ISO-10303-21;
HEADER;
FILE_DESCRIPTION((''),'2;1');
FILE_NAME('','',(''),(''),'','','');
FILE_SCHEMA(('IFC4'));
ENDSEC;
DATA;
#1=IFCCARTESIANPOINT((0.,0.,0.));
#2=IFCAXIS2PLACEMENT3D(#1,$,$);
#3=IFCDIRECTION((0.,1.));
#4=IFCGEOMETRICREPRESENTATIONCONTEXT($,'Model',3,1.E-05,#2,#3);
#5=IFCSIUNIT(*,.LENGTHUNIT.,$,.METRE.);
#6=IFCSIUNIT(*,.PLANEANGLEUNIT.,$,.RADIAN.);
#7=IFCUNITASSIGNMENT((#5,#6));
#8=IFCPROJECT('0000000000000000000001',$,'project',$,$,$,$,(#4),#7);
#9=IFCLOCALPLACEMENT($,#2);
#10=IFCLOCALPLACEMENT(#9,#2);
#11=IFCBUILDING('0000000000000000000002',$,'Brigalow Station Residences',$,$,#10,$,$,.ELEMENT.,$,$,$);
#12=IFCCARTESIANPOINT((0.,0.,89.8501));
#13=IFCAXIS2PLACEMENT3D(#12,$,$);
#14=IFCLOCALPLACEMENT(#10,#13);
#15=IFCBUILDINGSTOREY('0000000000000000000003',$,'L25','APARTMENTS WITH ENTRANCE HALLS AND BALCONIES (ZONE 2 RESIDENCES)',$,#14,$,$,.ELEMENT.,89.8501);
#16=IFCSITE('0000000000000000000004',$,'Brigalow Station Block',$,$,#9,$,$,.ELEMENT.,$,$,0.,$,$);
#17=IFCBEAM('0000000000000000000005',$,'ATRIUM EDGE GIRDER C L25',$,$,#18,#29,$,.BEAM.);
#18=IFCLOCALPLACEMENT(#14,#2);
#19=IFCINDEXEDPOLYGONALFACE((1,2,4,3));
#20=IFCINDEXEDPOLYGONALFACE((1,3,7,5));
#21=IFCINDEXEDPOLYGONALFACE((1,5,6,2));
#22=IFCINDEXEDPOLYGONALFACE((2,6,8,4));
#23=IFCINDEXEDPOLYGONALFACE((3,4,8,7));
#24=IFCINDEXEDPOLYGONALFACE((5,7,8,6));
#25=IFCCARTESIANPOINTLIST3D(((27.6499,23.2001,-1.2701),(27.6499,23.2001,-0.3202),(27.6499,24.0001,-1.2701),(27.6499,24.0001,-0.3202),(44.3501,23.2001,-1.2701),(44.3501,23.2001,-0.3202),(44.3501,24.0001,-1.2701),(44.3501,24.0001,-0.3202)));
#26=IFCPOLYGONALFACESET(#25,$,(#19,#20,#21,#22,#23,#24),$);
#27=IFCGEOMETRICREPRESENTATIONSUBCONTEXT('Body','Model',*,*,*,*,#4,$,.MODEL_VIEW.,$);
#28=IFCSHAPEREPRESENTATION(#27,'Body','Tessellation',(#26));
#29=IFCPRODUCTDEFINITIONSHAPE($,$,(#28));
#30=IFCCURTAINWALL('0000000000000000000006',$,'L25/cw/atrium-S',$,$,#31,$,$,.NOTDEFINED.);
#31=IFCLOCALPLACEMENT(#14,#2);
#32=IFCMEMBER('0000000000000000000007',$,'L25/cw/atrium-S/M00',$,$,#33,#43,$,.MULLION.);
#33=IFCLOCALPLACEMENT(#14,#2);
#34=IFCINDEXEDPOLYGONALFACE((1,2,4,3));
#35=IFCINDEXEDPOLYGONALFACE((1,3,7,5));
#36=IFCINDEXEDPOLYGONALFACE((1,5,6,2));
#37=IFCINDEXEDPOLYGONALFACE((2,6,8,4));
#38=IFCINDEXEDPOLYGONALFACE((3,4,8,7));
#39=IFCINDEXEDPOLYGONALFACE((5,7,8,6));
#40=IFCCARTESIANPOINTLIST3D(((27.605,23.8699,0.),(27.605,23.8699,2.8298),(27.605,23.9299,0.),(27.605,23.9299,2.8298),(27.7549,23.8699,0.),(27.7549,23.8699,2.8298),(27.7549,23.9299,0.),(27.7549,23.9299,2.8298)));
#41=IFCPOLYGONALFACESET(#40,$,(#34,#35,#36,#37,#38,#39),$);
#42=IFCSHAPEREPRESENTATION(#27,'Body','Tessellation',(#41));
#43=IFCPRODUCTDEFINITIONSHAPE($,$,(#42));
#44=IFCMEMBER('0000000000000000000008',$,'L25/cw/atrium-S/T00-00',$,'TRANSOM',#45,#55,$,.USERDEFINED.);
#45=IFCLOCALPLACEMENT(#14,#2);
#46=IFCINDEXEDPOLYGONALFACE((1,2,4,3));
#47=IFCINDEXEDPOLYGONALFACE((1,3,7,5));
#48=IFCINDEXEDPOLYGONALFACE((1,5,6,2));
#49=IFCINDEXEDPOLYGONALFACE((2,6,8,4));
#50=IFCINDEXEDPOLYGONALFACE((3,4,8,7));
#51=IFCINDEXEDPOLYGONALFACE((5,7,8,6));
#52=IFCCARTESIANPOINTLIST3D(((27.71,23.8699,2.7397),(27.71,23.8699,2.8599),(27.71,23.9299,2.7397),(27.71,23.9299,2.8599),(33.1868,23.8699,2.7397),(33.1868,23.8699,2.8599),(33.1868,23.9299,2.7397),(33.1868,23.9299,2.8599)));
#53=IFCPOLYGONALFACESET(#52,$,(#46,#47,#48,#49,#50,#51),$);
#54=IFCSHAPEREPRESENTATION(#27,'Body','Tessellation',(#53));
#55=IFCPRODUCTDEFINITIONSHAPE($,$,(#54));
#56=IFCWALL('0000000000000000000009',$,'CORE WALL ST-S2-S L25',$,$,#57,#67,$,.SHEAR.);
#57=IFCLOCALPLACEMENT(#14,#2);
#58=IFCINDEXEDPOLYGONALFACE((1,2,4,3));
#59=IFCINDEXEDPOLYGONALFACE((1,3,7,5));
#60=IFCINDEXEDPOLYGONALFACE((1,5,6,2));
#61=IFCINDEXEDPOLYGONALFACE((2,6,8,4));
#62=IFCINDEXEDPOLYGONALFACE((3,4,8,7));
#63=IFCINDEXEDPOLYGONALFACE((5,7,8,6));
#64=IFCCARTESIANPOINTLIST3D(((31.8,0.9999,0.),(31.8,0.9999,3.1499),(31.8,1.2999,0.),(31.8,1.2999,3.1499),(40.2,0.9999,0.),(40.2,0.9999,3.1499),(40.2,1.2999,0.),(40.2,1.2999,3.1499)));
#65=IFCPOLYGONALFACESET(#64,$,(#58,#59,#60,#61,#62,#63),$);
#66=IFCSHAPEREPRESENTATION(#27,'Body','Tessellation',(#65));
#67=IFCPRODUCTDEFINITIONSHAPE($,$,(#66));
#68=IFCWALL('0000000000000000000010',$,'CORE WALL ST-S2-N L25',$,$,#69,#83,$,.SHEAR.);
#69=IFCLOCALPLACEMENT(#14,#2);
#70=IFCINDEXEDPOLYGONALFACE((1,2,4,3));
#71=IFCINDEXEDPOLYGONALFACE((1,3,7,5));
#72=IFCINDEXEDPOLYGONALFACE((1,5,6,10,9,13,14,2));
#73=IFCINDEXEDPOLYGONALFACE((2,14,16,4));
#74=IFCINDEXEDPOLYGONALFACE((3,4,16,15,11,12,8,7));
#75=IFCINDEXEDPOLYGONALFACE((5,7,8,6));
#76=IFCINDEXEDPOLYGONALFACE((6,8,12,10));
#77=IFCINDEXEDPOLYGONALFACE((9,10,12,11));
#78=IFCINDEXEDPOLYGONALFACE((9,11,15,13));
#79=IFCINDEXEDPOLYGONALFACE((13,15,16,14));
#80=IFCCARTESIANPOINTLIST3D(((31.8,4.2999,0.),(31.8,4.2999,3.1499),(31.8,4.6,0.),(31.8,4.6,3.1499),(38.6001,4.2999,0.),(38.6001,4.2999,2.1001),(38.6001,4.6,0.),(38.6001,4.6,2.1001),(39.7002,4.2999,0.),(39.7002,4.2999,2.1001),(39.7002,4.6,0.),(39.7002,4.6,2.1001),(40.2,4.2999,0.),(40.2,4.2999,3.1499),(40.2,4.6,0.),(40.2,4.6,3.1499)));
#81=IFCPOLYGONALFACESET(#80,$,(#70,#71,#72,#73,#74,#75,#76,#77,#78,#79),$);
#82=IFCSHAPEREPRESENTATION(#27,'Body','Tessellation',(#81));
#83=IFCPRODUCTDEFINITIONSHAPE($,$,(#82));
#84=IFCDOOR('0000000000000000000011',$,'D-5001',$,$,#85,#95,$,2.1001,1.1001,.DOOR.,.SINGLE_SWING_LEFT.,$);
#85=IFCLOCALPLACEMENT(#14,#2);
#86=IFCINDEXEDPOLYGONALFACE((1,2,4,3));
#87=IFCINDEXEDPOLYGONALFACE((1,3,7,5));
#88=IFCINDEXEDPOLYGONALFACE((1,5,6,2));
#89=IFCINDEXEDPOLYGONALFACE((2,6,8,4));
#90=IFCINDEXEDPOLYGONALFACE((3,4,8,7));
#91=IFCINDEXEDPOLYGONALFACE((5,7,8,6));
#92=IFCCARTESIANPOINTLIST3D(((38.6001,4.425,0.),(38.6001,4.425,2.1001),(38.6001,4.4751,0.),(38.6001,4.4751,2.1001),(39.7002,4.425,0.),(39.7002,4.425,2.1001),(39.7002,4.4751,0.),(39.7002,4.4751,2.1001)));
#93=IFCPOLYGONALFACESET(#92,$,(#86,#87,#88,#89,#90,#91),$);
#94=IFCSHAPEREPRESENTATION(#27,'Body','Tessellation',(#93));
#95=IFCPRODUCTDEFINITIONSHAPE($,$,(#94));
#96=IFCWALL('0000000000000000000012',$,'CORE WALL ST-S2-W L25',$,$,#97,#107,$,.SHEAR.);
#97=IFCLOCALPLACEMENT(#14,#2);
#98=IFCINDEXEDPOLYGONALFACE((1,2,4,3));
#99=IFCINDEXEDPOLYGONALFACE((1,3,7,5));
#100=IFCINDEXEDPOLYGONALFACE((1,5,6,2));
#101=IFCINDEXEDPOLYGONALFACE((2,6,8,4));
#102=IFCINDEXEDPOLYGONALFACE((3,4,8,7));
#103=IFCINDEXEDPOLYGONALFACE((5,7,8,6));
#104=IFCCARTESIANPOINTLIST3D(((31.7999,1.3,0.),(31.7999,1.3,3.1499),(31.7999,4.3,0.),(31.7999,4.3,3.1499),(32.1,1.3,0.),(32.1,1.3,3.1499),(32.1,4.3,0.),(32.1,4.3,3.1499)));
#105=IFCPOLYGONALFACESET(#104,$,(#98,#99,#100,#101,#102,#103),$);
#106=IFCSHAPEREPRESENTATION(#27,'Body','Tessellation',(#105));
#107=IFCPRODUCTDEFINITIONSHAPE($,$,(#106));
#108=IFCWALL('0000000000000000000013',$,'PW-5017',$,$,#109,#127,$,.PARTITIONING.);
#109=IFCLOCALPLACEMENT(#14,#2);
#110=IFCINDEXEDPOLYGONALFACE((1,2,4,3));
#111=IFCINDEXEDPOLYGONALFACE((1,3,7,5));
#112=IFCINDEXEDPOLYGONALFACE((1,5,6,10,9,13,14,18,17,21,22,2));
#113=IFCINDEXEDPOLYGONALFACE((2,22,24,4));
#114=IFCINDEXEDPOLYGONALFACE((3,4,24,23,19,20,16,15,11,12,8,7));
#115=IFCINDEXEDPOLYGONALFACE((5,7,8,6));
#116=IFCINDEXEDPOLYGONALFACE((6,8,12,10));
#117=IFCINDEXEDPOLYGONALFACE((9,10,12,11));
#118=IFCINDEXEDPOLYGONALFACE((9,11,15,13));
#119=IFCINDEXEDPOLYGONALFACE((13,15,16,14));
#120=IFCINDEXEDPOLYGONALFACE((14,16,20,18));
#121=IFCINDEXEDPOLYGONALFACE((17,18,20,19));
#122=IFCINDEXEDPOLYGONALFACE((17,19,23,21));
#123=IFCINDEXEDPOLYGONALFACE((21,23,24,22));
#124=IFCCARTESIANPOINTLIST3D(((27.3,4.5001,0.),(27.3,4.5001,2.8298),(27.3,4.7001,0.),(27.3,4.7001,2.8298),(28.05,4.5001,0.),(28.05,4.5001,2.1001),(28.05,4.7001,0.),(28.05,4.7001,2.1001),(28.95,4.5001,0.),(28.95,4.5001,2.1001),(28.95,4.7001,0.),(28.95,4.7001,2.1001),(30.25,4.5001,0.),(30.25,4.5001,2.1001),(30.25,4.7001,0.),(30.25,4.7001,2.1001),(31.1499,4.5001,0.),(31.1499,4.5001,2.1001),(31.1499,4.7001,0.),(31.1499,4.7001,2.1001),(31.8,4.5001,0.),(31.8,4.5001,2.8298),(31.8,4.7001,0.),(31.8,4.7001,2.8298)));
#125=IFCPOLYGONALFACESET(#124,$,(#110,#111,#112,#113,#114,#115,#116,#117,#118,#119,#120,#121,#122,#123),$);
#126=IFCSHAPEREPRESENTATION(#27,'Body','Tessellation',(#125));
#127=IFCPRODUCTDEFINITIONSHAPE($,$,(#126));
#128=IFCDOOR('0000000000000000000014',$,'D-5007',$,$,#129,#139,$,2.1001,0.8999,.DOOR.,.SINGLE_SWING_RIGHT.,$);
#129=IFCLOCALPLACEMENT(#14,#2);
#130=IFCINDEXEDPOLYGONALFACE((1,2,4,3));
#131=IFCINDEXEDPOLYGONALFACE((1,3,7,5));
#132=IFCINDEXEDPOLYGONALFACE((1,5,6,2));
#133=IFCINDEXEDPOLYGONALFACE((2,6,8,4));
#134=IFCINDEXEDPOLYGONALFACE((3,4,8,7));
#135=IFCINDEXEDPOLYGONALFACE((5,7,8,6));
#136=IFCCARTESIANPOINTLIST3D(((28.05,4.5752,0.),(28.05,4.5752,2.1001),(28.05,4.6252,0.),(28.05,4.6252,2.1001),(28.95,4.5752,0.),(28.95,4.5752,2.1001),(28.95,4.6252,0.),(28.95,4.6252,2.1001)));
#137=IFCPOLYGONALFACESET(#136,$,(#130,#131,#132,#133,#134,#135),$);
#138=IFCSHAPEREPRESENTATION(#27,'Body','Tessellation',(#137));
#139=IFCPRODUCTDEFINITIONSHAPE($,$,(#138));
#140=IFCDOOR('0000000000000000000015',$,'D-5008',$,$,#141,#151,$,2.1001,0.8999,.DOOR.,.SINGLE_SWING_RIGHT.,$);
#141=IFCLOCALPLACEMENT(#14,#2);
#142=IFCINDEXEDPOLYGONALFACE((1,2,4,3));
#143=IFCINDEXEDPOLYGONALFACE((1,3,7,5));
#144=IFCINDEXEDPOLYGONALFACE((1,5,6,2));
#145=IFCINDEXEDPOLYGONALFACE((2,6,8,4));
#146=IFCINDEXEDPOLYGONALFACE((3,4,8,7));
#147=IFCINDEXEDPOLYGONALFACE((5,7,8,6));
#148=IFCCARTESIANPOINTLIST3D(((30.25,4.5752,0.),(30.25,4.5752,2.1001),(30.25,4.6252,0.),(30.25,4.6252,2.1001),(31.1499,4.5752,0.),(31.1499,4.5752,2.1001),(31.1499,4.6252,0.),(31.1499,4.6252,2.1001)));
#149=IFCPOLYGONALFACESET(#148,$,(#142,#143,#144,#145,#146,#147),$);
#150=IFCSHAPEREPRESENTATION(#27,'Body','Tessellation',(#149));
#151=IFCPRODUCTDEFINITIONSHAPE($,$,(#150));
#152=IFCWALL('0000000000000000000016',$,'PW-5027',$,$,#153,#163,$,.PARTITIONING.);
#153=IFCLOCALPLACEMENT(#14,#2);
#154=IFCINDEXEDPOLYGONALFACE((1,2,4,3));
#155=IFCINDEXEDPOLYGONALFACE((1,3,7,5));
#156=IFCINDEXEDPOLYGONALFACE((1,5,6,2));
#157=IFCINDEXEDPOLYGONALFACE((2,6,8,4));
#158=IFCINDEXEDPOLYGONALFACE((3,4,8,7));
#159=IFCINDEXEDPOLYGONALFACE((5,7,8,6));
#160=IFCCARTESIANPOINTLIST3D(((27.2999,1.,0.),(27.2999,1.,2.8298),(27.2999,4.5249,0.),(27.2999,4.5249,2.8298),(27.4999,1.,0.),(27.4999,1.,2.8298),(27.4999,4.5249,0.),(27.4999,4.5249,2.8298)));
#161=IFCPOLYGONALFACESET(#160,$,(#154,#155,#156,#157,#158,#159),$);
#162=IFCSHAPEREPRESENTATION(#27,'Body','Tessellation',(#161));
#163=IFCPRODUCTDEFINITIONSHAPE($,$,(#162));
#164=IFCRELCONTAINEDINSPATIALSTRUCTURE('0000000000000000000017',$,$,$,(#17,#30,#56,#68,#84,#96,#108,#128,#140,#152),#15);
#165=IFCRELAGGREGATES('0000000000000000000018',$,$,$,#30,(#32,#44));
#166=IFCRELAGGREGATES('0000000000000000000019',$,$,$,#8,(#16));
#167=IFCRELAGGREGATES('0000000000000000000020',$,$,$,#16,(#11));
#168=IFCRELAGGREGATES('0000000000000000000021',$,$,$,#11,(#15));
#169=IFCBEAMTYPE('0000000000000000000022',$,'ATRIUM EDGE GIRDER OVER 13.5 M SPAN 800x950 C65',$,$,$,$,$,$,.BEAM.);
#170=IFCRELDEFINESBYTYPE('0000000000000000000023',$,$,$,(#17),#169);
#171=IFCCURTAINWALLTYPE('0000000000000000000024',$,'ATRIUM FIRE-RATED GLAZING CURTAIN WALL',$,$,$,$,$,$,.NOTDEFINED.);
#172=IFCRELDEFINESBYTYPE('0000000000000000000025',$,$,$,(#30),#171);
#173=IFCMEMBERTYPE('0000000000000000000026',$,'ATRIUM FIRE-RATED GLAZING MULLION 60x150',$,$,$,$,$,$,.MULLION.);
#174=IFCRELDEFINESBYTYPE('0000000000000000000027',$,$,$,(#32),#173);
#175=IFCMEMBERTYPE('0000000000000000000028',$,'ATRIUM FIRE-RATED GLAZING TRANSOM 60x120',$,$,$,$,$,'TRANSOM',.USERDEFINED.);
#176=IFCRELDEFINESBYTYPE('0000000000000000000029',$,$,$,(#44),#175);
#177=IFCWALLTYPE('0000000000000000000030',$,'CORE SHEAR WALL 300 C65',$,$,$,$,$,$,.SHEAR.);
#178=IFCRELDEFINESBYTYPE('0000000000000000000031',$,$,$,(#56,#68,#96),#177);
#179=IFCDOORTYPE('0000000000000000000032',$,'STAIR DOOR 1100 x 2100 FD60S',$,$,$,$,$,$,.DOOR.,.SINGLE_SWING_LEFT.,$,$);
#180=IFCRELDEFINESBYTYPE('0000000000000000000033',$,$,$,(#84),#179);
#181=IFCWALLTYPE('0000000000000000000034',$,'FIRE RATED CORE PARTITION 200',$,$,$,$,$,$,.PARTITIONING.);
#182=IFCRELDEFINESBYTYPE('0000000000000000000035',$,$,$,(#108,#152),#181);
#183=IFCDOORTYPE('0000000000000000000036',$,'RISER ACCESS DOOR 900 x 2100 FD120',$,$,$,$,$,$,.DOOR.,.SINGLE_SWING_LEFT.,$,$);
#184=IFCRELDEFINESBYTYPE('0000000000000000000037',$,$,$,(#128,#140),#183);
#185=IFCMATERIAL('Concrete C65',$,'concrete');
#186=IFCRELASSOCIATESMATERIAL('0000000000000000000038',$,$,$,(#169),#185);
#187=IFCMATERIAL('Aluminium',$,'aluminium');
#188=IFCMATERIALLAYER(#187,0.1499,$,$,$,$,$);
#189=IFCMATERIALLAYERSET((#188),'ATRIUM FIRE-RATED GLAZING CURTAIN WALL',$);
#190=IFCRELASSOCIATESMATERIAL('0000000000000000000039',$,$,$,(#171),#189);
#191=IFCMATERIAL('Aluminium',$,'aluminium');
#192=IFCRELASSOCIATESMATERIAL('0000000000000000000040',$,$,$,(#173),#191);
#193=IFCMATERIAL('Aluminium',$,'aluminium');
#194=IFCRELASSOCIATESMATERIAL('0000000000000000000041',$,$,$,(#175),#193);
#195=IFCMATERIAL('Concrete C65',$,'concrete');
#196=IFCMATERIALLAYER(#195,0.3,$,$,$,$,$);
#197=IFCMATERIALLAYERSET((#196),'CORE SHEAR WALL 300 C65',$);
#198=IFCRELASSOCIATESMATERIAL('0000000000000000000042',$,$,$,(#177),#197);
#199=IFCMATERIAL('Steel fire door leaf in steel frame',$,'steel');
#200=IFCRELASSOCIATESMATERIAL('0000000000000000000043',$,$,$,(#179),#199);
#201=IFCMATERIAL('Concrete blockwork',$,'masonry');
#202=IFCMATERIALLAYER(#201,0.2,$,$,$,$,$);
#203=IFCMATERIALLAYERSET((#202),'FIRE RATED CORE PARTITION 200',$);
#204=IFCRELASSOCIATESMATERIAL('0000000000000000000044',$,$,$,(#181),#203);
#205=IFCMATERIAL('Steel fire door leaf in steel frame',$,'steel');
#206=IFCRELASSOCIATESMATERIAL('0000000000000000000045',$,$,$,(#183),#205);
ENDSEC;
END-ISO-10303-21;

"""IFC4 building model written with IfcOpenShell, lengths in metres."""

from ifc_helpers import new_model, si_unit, direction, frame, frame_2d, origin, origin_2d, place, context, subcontext, project, spatial, rectangle, extrude, material, layer, layer_set, material_profile, profile_set, type_object, element, fill, aggregate, save


model = new_model("IFC4")

# Units and contexts
model_context = context("Model", 3, precision=1e-05, world=origin(), true_north=direction((0.0, 1.0)))
body_context = subcontext(model_context, "Body", "Model", "MODEL_VIEW")
ifc_project = project(units=[si_unit("LENGTHUNIT", "METRE"), si_unit("PLANEANGLEUNIT", "RADIAN")], contexts=[model_context])

# Site, building, storey
site_placement = place(None, origin())
site = spatial("IfcSite", under=ifc_project, at=site_placement, Name="Brigalow Station Block", CompositionType="ELEMENT", RefElevation=0.0)
building_placement = place(site_placement, origin())
building = spatial("IfcBuilding", under=site, at=building_placement, Name="Brigalow Station Residences", CompositionType="ELEMENT")
storey_placement = place(building_placement, frame((0.0, 0.0, 89.8501)))
storey = spatial("IfcBuildingStorey", under=building, at=storey_placement, Name="L25", Description="APARTMENTS WITH ENTRANCE HALLS AND BALCONIES (ZONE 2 RESIDENCES)", CompositionType="ELEMENT", Elevation=89.8501)

# Beam
ifc_material_1 = material(Name="Concrete C65", Category="concrete")
ifc_material_profile_1 = material_profile(ifc_material_1, rectangle(XDim=0.8, YDim=0.95, at=origin_2d()), Name="RC800x950")
ifc_profile_set_1 = profile_set([ifc_material_profile_1], Name="Concrete C65")
beam_type = type_object("IfcBeamType", Name="ATRIUM EDGE GIRDER OVER 13.5 M SPAN 800x950 C65", PredefinedType="BEAM", material=ifc_profile_set_1)
beam_placement = place(storey_placement, frame((27.6499, 23.6001, -0.7952), z_axis=(1.0, 0.0, 0.0), x_axis=(0.0, 1.0, 0.0)))
element("IfcBeam", 1, at=beam_placement, inside=storey, type_object=beam_type, Name="ATRIUM EDGE GIRDER C L25", PredefinedType="BEAM", context=body_context, shape_type="SweptSolid", body=[
    extrude(rectangle(XDim=0.8, YDim=0.95, at=origin_2d()), origin(), (0.0, 0.0, 1.0), 16.7002),
])

# Curtain wall, members
ifc_material_2 = material(Name="Aluminium", Category="aluminium")
ifc_layer_1 = layer(ifc_material_2, 0.1499)
ifc_layer_set_1 = layer_set([ifc_layer_1], Name="ATRIUM FIRE-RATED GLAZING CURTAIN WALL")
curtain_wall_type = type_object("IfcCurtainWallType", Name="ATRIUM FIRE-RATED GLAZING CURTAIN WALL", PredefinedType="NOTDEFINED", material=ifc_layer_set_1)
curtain_wall_placement = place(storey_placement, origin())
curtain_wall = element("IfcCurtainWall", 2, at=curtain_wall_placement, inside=storey, type_object=curtain_wall_type, Name="L25/cw/atrium-S", PredefinedType="NOTDEFINED")
ifc_material_3 = material(Name="Aluminium", Category="aluminium")
ifc_material_profile_2 = material_profile(ifc_material_3, rectangle(XDim=0.0601, YDim=0.1499, at=origin_2d()), Name="ATRIUM FIRE-RATED GLAZING MULLION 60x150")
ifc_profile_set_2 = profile_set([ifc_material_profile_2], Name="Aluminium")
member_type_1 = type_object("IfcMemberType", Name="ATRIUM FIRE-RATED GLAZING MULLION 60x150", PredefinedType="MULLION", material=ifc_profile_set_2)
member_1_placement = place(storey_placement, frame((27.6799, 23.8999, 0.0), z_axis=(0.0, 0.0, 1.0), x_axis=(0.0, 1.0, 0.0)))
member_1 = element("IfcMember", 3, at=member_1_placement, type_object=member_type_1, Name="L25/cw/atrium-S/M00", PredefinedType="MULLION", context=body_context, shape_type="SweptSolid", body=[
    extrude(rectangle(XDim=0.0601, YDim=0.1499, at=origin_2d()), origin(), (0.0, 0.0, 1.0), 2.8298),
])
ifc_material_4 = material(Name="Aluminium", Category="aluminium")
ifc_material_profile_3 = material_profile(ifc_material_4, rectangle(XDim=0.0601, YDim=0.1201, at=origin_2d()), Name="ATRIUM FIRE-RATED GLAZING TRANSOM 60x120")
ifc_profile_set_3 = profile_set([ifc_material_profile_3], Name="Aluminium")
member_type_2 = type_object("IfcMemberType", Name="ATRIUM FIRE-RATED GLAZING TRANSOM 60x120", ElementType="TRANSOM", PredefinedType="USERDEFINED", material=ifc_profile_set_3)
member_2_placement = place(storey_placement, frame((27.71, 23.8999, 2.7998), z_axis=(1.0, 0.0, 0.0), x_axis=(0.0, 1.0, 0.0)))
member_2 = element("IfcMember", 4, at=member_2_placement, type_object=member_type_2, Name="L25/cw/atrium-S/T00-00", ObjectType="TRANSOM", PredefinedType="USERDEFINED", context=body_context, shape_type="SweptSolid", body=[
    extrude(rectangle(XDim=0.0601, YDim=0.1201, at=origin_2d()), origin(), (0.0, 0.0, 1.0), 5.4768),
])
aggregate(curtain_wall, [member_1, member_2])

# Wall
ifc_material_5 = material(Name="Concrete C65", Category="concrete")
ifc_layer_2 = layer(ifc_material_5, 0.3)
ifc_layer_set_2 = layer_set([ifc_layer_2], Name="CORE SHEAR WALL 300 C65")
wall_type_1 = type_object("IfcWallType", Name="CORE SHEAR WALL 300 C65", PredefinedType="SHEAR", material=ifc_layer_set_2)
wall_1_placement = place(storey_placement, frame((31.8, 1.1499, 0.0), z_axis=(0.0, 0.0, 1.0), x_axis=(1.0, 0.0, 0.0)))
element("IfcWall", 5, at=wall_1_placement, inside=storey, type_object=wall_type_1, Name="CORE WALL ST-S2-S L25", PredefinedType="SHEAR", context=body_context, shape_type="SweptSolid", body=[
    extrude(rectangle(XDim=8.3999, YDim=0.3, at=frame_2d((4.2, 0.0))), origin(), (0.0, 0.0, 1.0), 3.1499),
])

# Wall, opening, door
wall_2_placement = place(storey_placement, frame((31.8, 4.45, 0.0), z_axis=(0.0, 0.0, 1.0), x_axis=(1.0, 0.0, 0.0)))
wall_2 = element("IfcWall", 6, at=wall_2_placement, inside=storey, type_object=wall_type_1, Name="CORE WALL ST-S2-N L25", PredefinedType="SHEAR", context=body_context, shape_type="SweptSolid", body=[
    extrude(rectangle(XDim=8.3999, YDim=0.3, at=frame_2d((4.2, 0.0))), origin(), (0.0, 0.0, 1.0), 3.1499),
])
opening_1_placement = place(wall_2_placement, frame((6.8, 0.0, 0.0)))
opening_1 = element("IfcOpeningElement", 7, at=opening_1_placement, cuts=wall_2, PredefinedType="OPENING", context=body_context, shape_type="SweptSolid", body=[
    extrude(rectangle(XDim=1.1001, YDim=2.1001, at=frame_2d((0.55, 1.05))), frame((0.0, 0.1602, 0.0), z_axis=(0.0, -1.0, 0.0), x_axis=(1.0, 0.0, 0.0)), (0.0, 0.0, 1.0), 0.3201),
])
ifc_material_6 = material(Name="Steel fire door leaf in steel frame", Category="steel")
door_type_1 = type_object("IfcDoorType", Name="STAIR DOOR 1100 x 2100 FD60S", OperationType="SINGLE_SWING_LEFT", PredefinedType="DOOR", material=ifc_material_6)
door_1_placement = place(opening_1_placement, frame((1.1001, 0.0, 0.0), z_axis=(0.0, 0.0, 1.0), x_axis=(-1.0, 0.0, 0.0)))
door_1 = element("IfcDoor", 8, at=door_1_placement, inside=storey, type_object=door_type_1, Name="D-5001", OperationType="SINGLE_SWING_LEFT", OverallHeight=2.1001, OverallWidth=1.1001, PredefinedType="DOOR", context=body_context, shape_type="SweptSolid", body=[
    extrude(rectangle(XDim=1.1001, YDim=2.1001, at=frame_2d((0.55, 1.05))), frame((0.0, 0.0249, 0.0), z_axis=(0.0, -1.0, 0.0), x_axis=(1.0, 0.0, 0.0)), (0.0, 0.0, 1.0), 0.05),
])
fill(opening_1, door_1)

# Wall
wall_3_placement = place(storey_placement, frame((31.95, 1.3, 0.0), z_axis=(0.0, 0.0, 1.0), x_axis=(0.0, 1.0, 0.0)))
element("IfcWall", 9, at=wall_3_placement, inside=storey, type_object=wall_type_1, Name="CORE WALL ST-S2-W L25", PredefinedType="SHEAR", context=body_context, shape_type="SweptSolid", body=[
    extrude(rectangle(XDim=3.0, YDim=0.3, at=frame_2d((1.5, 0.0))), origin(), (0.0, 0.0, 1.0), 3.1499),
])

# Wall, openings, doors
ifc_material_7 = material(Name="Concrete blockwork", Category="masonry")
ifc_layer_3 = layer(ifc_material_7, 0.2)
ifc_layer_set_3 = layer_set([ifc_layer_3], Name="FIRE RATED CORE PARTITION 200")
wall_type_2 = type_object("IfcWallType", Name="FIRE RATED CORE PARTITION 200", PredefinedType="PARTITIONING", material=ifc_layer_set_3)
wall_4_placement = place(storey_placement, frame((27.3, 4.6001, 0.0), z_axis=(0.0, 0.0, 1.0), x_axis=(1.0, 0.0, 0.0)))
wall_4 = element("IfcWall", 10, at=wall_4_placement, inside=storey, type_object=wall_type_2, Name="PW-5017", PredefinedType="PARTITIONING", context=body_context, shape_type="SweptSolid", body=[
    extrude(rectangle(XDim=4.5, YDim=0.2, at=frame_2d((2.25, 0.0))), origin(), (0.0, 0.0, 1.0), 2.8298),
])
opening_2_placement = place(wall_4_placement, frame((0.75, 0.0, 0.0)))
opening_2 = element("IfcOpeningElement", 11, at=opening_2_placement, cuts=wall_4, PredefinedType="OPENING", context=body_context, shape_type="SweptSolid", body=[
    extrude(rectangle(XDim=0.8999, YDim=2.1001, at=frame_2d((0.45, 1.05))), frame((0.0, 0.1099, 0.0), z_axis=(0.0, -1.0, 0.0), x_axis=(1.0, 0.0, 0.0)), (0.0, 0.0, 1.0), 0.22),
])
opening_3_placement = place(wall_4_placement, frame((2.95, 0.0, 0.0)))
opening_3 = element("IfcOpeningElement", 12, at=opening_3_placement, cuts=wall_4, PredefinedType="OPENING", context=body_context, shape_type="SweptSolid", body=[
    extrude(rectangle(XDim=0.8999, YDim=2.1001, at=frame_2d((0.45, 1.05))), frame((0.0, 0.1099, 0.0), z_axis=(0.0, -1.0, 0.0), x_axis=(1.0, 0.0, 0.0)), (0.0, 0.0, 1.0), 0.22),
])
ifc_material_8 = material(Name="Steel fire door leaf in steel frame", Category="steel")
door_type_2 = type_object("IfcDoorType", Name="RISER ACCESS DOOR 900 x 2100 FD120", OperationType="SINGLE_SWING_LEFT", PredefinedType="DOOR", material=ifc_material_8)
door_2_placement = place(opening_2_placement, frame((0.8999, 0.0, 0.0), z_axis=(0.0, 0.0, 1.0), x_axis=(-1.0, 0.0, 0.0)))
door_2 = element("IfcDoor", 13, at=door_2_placement, inside=storey, type_object=door_type_2, Name="D-5007", OperationType="SINGLE_SWING_RIGHT", OverallHeight=2.1001, OverallWidth=0.8999, PredefinedType="DOOR", context=body_context, shape_type="SweptSolid", body=[
    extrude(rectangle(XDim=0.8999, YDim=2.1001, at=frame_2d((0.45, 1.05))), frame((0.0, 0.0249, 0.0), z_axis=(0.0, -1.0, 0.0), x_axis=(1.0, 0.0, 0.0)), (0.0, 0.0, 1.0), 0.05),
])
fill(opening_2, door_2)
door_3_placement = place(opening_3_placement, frame((0.8999, 0.0, 0.0), z_axis=(0.0, 0.0, 1.0), x_axis=(-1.0, 0.0, 0.0)))
door_3 = element("IfcDoor", 14, at=door_3_placement, inside=storey, type_object=door_type_2, Name="D-5008", OperationType="SINGLE_SWING_RIGHT", OverallHeight=2.1001, OverallWidth=0.8999, PredefinedType="DOOR", context=body_context, shape_type="SweptSolid", body=[
    extrude(rectangle(XDim=0.8999, YDim=2.1001, at=frame_2d((0.45, 1.05))), frame((0.0, 0.0249, 0.0), z_axis=(0.0, -1.0, 0.0), x_axis=(1.0, 0.0, 0.0)), (0.0, 0.0, 1.0), 0.05),
])
fill(opening_3, door_3)

# Wall
wall_5_placement = place(storey_placement, frame((27.3999, 1.0, 0.0), z_axis=(0.0, 0.0, 1.0), x_axis=(0.0, 1.0, 0.0)))
element("IfcWall", 15, at=wall_5_placement, inside=storey, type_object=wall_type_2, Name="PW-5027", PredefinedType="PARTITIONING", context=body_context, shape_type="SweptSolid", body=[
    extrude(rectangle(XDim=3.5249, YDim=0.2, at=frame_2d((1.7625, 0.0))), origin(), (0.0, 0.0, 1.0), 2.8298),
])

save(model, "model.ifc")
